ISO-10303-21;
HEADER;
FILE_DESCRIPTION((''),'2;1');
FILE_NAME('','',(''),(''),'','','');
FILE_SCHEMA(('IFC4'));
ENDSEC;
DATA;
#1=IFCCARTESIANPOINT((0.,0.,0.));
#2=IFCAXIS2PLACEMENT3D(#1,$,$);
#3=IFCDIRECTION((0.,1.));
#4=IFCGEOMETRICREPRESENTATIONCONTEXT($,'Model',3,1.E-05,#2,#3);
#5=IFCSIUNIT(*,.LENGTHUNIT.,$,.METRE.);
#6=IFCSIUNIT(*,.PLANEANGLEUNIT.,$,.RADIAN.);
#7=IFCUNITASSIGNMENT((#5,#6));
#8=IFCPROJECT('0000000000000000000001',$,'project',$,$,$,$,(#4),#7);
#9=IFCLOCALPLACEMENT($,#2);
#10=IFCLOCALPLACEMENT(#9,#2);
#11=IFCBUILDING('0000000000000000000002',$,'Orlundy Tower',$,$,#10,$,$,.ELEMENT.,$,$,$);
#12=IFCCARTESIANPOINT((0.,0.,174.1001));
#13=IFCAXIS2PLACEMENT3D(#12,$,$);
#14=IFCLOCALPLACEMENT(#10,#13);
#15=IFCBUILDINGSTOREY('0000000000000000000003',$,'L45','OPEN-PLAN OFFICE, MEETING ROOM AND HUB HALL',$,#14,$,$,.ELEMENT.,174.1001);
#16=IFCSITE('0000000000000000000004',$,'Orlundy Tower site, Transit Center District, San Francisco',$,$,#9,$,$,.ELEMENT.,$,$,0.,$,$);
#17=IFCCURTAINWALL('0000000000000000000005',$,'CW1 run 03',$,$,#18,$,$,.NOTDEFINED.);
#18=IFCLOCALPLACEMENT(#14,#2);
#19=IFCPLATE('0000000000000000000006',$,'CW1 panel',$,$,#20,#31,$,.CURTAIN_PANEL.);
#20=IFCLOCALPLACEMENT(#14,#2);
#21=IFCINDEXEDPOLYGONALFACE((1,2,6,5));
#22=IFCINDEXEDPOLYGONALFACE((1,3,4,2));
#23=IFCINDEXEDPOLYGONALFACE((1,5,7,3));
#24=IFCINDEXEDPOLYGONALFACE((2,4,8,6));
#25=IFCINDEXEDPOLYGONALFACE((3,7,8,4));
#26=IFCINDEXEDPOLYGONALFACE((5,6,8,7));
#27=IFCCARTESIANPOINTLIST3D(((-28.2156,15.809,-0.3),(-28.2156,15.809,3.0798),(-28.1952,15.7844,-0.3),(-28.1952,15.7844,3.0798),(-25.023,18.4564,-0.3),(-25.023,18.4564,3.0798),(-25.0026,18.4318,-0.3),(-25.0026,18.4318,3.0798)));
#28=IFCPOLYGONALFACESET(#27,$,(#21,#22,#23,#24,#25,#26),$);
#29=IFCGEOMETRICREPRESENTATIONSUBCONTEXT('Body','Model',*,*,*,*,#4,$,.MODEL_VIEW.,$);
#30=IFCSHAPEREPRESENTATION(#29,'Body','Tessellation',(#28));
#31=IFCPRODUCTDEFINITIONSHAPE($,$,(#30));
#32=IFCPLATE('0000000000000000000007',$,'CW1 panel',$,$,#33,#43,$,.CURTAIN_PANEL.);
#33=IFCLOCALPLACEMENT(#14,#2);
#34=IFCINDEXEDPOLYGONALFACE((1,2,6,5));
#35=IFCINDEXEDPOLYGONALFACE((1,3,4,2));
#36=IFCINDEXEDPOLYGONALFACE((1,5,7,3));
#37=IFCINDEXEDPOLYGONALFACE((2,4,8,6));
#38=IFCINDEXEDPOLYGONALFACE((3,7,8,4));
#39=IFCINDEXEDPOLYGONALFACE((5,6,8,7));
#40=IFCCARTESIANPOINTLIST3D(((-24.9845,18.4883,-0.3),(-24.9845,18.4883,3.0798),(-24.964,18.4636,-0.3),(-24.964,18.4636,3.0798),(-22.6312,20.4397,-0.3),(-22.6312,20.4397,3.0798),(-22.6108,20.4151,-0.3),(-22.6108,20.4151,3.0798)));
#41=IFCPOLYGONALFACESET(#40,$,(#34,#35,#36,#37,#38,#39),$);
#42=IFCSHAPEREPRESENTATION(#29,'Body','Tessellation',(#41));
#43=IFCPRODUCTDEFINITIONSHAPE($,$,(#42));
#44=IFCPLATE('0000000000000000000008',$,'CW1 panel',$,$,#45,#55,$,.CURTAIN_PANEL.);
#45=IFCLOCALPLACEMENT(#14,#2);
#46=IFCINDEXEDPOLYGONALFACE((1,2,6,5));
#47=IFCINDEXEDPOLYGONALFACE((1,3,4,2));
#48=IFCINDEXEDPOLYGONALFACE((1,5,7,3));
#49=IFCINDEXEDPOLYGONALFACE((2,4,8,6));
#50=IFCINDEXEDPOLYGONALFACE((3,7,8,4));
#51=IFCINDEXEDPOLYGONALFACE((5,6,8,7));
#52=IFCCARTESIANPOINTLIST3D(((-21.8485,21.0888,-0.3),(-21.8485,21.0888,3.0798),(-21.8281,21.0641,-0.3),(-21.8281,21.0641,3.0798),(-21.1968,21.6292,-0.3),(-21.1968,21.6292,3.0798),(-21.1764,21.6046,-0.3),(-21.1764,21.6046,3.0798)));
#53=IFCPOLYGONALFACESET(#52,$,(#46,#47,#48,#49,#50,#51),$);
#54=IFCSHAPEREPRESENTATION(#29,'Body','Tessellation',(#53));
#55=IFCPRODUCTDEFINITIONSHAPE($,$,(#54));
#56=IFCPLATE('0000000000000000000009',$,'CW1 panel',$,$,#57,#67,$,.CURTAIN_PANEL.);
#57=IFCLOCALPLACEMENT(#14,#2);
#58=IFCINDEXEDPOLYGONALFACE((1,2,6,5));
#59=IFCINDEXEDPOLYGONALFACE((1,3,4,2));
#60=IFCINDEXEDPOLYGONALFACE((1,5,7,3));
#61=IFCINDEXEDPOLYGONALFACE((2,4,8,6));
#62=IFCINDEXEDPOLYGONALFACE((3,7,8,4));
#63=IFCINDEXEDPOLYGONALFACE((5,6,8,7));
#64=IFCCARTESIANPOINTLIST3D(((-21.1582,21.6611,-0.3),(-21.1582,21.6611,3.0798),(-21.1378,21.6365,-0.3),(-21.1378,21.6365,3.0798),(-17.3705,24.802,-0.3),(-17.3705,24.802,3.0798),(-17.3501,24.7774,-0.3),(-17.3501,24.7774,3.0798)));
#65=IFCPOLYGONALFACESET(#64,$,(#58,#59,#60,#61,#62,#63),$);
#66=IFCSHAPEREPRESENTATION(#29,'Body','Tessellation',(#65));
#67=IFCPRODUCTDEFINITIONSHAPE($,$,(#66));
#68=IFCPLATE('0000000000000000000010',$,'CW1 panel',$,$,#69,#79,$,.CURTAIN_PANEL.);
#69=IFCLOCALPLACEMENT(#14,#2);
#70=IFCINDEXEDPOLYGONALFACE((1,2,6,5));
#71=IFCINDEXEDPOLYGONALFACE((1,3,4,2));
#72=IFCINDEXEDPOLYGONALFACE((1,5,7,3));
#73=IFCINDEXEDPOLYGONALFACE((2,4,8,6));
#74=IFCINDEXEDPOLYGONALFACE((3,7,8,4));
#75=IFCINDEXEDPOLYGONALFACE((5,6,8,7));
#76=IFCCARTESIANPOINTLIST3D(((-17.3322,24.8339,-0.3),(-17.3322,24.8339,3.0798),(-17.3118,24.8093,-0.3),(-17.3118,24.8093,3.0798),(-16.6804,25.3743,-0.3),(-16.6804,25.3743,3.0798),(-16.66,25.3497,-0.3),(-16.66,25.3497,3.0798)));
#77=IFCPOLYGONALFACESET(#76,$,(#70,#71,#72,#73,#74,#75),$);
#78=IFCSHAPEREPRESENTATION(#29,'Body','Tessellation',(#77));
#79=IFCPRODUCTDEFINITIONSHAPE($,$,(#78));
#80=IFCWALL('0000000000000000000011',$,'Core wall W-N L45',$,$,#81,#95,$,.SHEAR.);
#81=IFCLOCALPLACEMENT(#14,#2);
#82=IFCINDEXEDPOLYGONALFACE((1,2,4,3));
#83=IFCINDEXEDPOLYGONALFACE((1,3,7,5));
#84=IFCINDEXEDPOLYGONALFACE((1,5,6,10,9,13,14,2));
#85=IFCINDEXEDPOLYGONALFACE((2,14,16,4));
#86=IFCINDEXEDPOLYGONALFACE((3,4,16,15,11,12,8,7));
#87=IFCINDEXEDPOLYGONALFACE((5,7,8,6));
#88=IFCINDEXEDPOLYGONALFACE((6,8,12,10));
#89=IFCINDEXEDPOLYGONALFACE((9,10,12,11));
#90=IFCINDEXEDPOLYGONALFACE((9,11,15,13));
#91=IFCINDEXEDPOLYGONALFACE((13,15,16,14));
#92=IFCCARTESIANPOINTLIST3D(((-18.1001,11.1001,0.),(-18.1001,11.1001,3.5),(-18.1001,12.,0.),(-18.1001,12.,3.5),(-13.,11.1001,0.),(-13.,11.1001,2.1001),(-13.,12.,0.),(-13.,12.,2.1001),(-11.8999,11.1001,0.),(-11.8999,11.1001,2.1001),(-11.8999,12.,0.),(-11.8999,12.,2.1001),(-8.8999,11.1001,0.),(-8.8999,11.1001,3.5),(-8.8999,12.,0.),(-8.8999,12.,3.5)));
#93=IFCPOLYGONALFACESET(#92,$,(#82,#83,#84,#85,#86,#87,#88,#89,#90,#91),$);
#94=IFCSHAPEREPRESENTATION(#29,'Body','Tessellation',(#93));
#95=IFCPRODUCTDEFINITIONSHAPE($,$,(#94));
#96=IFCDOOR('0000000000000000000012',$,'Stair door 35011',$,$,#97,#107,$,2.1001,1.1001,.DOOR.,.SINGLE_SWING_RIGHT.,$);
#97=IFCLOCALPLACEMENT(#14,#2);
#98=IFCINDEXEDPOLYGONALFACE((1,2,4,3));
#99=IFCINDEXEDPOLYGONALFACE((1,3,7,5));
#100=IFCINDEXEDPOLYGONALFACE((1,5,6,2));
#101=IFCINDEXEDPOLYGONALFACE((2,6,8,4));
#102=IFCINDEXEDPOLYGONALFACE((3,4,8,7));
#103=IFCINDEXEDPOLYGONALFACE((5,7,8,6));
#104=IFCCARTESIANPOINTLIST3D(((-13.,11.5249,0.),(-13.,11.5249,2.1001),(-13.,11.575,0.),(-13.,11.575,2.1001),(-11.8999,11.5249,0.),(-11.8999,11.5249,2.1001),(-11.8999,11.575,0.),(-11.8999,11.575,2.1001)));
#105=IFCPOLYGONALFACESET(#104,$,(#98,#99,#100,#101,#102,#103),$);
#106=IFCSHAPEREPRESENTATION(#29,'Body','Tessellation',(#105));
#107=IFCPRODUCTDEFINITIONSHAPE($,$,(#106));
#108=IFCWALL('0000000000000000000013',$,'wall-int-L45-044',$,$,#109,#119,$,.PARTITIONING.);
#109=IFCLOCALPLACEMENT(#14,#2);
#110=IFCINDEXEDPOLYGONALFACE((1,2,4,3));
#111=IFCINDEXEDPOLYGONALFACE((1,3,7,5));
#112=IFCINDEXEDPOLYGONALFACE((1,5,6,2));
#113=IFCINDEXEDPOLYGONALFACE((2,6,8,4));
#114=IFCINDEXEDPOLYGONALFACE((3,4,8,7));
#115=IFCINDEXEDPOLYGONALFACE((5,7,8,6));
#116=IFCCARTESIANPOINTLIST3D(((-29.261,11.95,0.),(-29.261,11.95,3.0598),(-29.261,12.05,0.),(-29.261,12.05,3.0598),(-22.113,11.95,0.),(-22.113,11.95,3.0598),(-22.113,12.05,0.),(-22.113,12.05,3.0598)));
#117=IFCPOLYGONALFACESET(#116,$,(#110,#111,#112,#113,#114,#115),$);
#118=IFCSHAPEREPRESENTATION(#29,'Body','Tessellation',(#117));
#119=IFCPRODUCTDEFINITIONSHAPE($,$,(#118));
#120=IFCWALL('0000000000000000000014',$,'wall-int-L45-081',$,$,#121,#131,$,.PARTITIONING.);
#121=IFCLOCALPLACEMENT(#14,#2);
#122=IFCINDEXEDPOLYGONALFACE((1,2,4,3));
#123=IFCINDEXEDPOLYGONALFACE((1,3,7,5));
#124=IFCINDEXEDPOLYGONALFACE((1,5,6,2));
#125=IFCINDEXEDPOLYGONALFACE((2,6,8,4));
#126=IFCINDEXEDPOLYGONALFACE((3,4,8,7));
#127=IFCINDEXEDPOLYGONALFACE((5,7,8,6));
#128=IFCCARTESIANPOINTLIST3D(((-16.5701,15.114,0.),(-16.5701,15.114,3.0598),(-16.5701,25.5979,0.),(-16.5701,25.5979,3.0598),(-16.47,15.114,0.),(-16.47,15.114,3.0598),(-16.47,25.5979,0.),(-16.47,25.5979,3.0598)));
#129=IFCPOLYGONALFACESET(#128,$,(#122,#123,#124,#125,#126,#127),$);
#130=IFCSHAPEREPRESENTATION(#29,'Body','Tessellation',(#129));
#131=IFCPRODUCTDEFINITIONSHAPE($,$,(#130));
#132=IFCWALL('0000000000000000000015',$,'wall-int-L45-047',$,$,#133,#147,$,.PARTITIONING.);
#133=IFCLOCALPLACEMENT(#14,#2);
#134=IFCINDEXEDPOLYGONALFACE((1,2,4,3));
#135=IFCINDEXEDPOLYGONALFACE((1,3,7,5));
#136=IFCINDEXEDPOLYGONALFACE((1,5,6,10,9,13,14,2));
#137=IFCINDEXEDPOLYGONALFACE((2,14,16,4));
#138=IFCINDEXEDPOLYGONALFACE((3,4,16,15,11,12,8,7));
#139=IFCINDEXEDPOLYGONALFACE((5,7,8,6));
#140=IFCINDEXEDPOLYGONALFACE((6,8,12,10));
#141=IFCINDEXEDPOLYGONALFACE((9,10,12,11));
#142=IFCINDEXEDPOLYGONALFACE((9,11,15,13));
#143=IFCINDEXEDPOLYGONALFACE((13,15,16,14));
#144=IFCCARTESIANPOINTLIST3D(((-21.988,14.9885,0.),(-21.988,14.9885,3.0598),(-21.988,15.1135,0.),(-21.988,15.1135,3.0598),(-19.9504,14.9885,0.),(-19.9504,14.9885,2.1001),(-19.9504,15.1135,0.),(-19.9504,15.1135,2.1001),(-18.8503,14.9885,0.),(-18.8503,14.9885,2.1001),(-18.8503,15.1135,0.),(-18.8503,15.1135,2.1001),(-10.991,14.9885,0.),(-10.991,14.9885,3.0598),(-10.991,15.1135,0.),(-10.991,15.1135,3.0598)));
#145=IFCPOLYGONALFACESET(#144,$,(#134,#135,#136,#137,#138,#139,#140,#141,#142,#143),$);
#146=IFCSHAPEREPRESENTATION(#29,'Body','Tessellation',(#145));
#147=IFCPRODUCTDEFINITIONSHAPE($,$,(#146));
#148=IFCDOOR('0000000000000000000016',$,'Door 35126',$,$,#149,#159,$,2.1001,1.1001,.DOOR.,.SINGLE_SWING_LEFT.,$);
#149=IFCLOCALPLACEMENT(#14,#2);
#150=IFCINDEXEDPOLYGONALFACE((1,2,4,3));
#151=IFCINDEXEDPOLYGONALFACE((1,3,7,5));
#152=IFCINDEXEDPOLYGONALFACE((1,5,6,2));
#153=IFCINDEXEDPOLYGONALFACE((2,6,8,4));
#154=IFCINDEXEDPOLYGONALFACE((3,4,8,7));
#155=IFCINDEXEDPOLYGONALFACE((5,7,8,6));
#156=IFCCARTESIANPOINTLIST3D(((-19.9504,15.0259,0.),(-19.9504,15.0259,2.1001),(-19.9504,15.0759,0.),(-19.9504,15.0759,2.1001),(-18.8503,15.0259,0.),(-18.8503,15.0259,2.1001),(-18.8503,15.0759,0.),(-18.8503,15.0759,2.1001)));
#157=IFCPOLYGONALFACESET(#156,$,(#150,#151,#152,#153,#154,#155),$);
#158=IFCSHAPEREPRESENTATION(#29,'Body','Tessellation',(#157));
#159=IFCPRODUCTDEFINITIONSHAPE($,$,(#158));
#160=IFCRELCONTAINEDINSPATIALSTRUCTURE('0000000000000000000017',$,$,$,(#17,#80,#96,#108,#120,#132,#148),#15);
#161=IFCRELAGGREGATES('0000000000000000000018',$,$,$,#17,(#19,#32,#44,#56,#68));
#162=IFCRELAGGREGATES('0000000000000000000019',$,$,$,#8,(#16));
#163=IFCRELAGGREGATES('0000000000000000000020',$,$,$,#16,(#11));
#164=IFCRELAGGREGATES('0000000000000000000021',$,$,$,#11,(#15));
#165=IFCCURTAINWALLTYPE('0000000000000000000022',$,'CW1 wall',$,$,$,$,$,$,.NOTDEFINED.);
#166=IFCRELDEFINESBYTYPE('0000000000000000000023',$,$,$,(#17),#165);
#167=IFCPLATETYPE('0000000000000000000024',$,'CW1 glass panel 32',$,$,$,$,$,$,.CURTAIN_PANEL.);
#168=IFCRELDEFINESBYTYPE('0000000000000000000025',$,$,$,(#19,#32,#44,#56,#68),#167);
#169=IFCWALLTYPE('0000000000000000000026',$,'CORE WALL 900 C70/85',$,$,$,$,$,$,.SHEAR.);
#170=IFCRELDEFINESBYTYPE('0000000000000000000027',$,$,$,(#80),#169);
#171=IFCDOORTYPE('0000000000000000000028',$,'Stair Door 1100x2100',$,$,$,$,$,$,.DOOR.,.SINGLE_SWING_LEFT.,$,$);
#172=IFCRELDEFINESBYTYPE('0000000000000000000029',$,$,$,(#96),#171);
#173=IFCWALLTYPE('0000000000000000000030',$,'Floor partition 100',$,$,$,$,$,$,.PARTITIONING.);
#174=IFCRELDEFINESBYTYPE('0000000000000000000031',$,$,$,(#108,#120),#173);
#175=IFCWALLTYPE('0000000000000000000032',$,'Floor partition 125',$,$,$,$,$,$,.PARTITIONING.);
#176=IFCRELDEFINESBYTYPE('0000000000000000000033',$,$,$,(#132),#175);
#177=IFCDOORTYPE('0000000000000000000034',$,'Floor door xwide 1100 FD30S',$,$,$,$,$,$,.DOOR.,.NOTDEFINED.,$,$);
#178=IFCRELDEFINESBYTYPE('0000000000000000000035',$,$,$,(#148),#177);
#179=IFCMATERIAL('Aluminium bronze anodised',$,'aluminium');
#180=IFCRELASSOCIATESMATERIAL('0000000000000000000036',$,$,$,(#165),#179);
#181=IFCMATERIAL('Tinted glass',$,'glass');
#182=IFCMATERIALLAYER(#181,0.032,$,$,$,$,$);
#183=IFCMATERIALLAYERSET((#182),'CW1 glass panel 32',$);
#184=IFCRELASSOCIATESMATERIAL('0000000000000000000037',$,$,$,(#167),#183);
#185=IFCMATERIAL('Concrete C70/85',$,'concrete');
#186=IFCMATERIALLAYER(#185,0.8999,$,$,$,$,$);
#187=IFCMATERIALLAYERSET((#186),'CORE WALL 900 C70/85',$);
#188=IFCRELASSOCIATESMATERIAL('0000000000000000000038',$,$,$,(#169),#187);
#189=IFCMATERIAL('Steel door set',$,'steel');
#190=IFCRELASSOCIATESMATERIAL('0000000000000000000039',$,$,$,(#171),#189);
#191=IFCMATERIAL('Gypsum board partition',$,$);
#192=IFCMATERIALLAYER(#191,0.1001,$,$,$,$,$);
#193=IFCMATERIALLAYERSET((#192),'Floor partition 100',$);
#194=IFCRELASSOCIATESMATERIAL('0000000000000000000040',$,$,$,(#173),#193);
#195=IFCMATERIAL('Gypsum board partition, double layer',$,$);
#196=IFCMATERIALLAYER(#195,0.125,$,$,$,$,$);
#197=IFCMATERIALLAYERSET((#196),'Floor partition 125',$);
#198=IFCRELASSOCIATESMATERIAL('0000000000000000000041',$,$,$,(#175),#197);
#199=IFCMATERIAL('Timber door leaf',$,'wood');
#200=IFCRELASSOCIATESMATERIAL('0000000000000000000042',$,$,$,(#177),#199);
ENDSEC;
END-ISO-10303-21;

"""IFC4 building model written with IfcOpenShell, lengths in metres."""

from ifc_helpers import new_model, si_unit, direction, frame, frame_2d, origin, origin_2d, place, context, subcontext, project, spatial, rectangle, extrude, material, layer, layer_set, type_object, element, fill, aggregate, save


model = new_model("IFC4")

# Units and contexts
model_context = context("Model", 3, precision=1e-05, world=origin(), true_north=direction((0.0, 1.0)))
body_context = subcontext(model_context, "Body", "Model", "MODEL_VIEW")
ifc_project = project(units=[si_unit("LENGTHUNIT", "METRE"), si_unit("PLANEANGLEUNIT", "RADIAN")], contexts=[model_context])

# Site, building, storey
site_placement = place(None, origin())
site = spatial("IfcSite", under=ifc_project, at=site_placement, Name="Orlundy Tower site, Transit Center District, San Francisco", CompositionType="ELEMENT", RefElevation=0.0)
building_placement = place(site_placement, origin())
building = spatial("IfcBuilding", under=site, at=building_placement, Name="Orlundy Tower", CompositionType="ELEMENT")
storey_placement = place(building_placement, frame((0.0, 0.0, 174.1001)))
storey = spatial("IfcBuildingStorey", under=building, at=storey_placement, Name="L45", Description="OPEN-PLAN OFFICE, MEETING ROOM AND HUB HALL", CompositionType="ELEMENT", Elevation=174.1001)

# Curtain wall
ifc_material_1 = material(Name="Aluminium bronze anodised", Category="aluminium")
curtain_wall_type = type_object("IfcCurtainWallType", Name="CW1 wall", PredefinedType="NOTDEFINED", material=ifc_material_1)
curtain_wall_1_placement = place(storey_placement, origin())
curtain_wall_1 = element("IfcCurtainWall", 1, at=curtain_wall_1_placement, inside=storey, type_object=curtain_wall_type, Name="CW1 run 03", PredefinedType="NOTDEFINED")

# Plates
ifc_material_2 = material(Name="Tinted glass", Category="glass")
ifc_layer_1 = layer(ifc_material_2, 0.032)
ifc_layer_set_1 = layer_set([ifc_layer_1], Name="CW1 glass panel 32")
plate_type = type_object("IfcPlateType", Name="CW1 glass panel 32", PredefinedType="CURTAIN_PANEL", material=ifc_layer_set_1)
plate_1_placement = place(storey_placement, frame((-26.6091, 17.1204, -0.3), z_axis=(0.0, 0.0, 1.0), x_axis=(0.769772, 0.638318, 0.0)))
plate_1 = element("IfcPlate", 2, at=plate_1_placement, type_object=plate_type, Name="CW1 panel", PredefinedType="CURTAIN_PANEL", context=body_context, shape_type="SweptSolid", body=[
    extrude(rectangle(XDim=4.1475, YDim=0.032, at=origin_2d()), origin(), (0.0, 0.0, 1.0), 3.3799),
])
plate_2_placement = place(storey_placement, frame((-23.7976, 19.4517, -0.3), z_axis=(0.0, 0.0, 1.0), x_axis=(0.769772, 0.638318, 0.0)))
plate_2 = element("IfcPlate", 3, at=plate_2_placement, type_object=plate_type, Name="CW1 panel", PredefinedType="CURTAIN_PANEL", context=body_context, shape_type="SweptSolid", body=[
    extrude(rectangle(XDim=3.0571, YDim=0.032, at=origin_2d()), origin(), (0.0, 0.0, 1.0), 3.3799),
])
plate_3_placement = place(storey_placement, frame((-21.5125, 21.3467, -0.3), z_axis=(0.0, 0.0, 1.0), x_axis=(0.769772, 0.638318, 0.0)))
plate_3 = element("IfcPlate", 4, at=plate_3_placement, type_object=plate_type, Name="CW1 panel", PredefinedType="CURTAIN_PANEL", context=body_context, shape_type="SweptSolid", body=[
    extrude(rectangle(XDim=0.8467, YDim=0.032, at=origin_2d()), origin(), (0.0, 0.0, 1.0), 3.3799),
])
plate_4_placement = place(storey_placement, frame((-19.2542, 23.2192, -0.3), z_axis=(0.0, 0.0, 1.0), x_axis=(0.769772, 0.638318, 0.0)))
plate_4 = element("IfcPlate", 5, at=plate_4_placement, type_object=plate_type, Name="CW1 panel", PredefinedType="CURTAIN_PANEL", context=body_context, shape_type="SweptSolid", body=[
    extrude(rectangle(XDim=4.9207, YDim=0.032, at=origin_2d()), origin(), (0.0, 0.0, 1.0), 3.3799),
])
plate_5_placement = place(storey_placement, frame((-16.9961, 25.0918, -0.3), z_axis=(0.0, 0.0, 1.0), x_axis=(0.769772, 0.638318, 0.0)))
plate_5 = element("IfcPlate", 6, at=plate_5_placement, type_object=plate_type, Name="CW1 panel", PredefinedType="CURTAIN_PANEL", context=body_context, shape_type="SweptSolid", body=[
    extrude(rectangle(XDim=0.8467, YDim=0.032, at=origin_2d()), origin(), (0.0, 0.0, 1.0), 3.3799),
])
aggregate(curtain_wall_1, [plate_1, plate_2, plate_3, plate_4, plate_5])

# Wall, opening, door
ifc_material_3 = material(Name="Concrete C70/85", Category="concrete")
ifc_layer_2 = layer(ifc_material_3, 0.8999)
ifc_layer_set_2 = layer_set([ifc_layer_2], Name="CORE WALL 900 C70/85")
wall_type_1 = type_object("IfcWallType", Name="CORE WALL 900 C70/85", PredefinedType="SHEAR", material=ifc_layer_set_2)
wall_1_placement = place(storey_placement, frame((-18.1001, 11.55, 0.0), z_axis=(0.0, 0.0, 1.0), x_axis=(1.0, 0.0, 0.0)))
wall_1 = element("IfcWall", 7, at=wall_1_placement, inside=storey, type_object=wall_type_1, Name="Core wall W-N L45", PredefinedType="SHEAR", context=body_context, shape_type="SweptSolid", body=[
    extrude(rectangle(XDim=9.2002, YDim=0.8999, at=frame_2d((4.6001, 0.0))), origin(), (0.0, 0.0, 1.0), 3.5),
])
opening_1_placement = place(wall_1_placement, frame((5.1001, 0.0, 0.0)))
opening_1 = element("IfcOpeningElement", 8, at=opening_1_placement, cuts=wall_1, PredefinedType="OPENING", context=body_context, shape_type="SweptSolid", body=[
    extrude(rectangle(XDim=1.1001, YDim=2.1001, at=frame_2d((0.55, 1.05))), frame((0.0, 0.46, 0.0), z_axis=(0.0, -1.0, 0.0), x_axis=(1.0, 0.0, 0.0)), (0.0, 0.0, 1.0), 0.9199),
])
ifc_material_4 = material(Name="Steel door set", Category="steel")
door_type_1 = type_object("IfcDoorType", Name="Stair Door 1100x2100", OperationType="SINGLE_SWING_LEFT", PredefinedType="DOOR", material=ifc_material_4)
door_1_placement = place(opening_1_placement, origin())
door_1 = element("IfcDoor", 9, at=door_1_placement, inside=storey, type_object=door_type_1, Name="Stair door 35011", OperationType="SINGLE_SWING_RIGHT", OverallHeight=2.1001, OverallWidth=1.1001, PredefinedType="DOOR", context=body_context, shape_type="SweptSolid", body=[
    extrude(rectangle(XDim=1.1001, YDim=2.1001, at=frame_2d((0.55, 1.05))), frame((0.0, 0.0249, 0.0), z_axis=(0.0, -1.0, 0.0), x_axis=(1.0, 0.0, 0.0)), (0.0, 0.0, 1.0), 0.05),
])
fill(opening_1, door_1)

# Walls
ifc_material_5 = material(Name="Gypsum board partition")
ifc_layer_3 = layer(ifc_material_5, 0.1001)
ifc_layer_set_3 = layer_set([ifc_layer_3], Name="Floor partition 100")
wall_type_2 = type_object("IfcWallType", Name="Floor partition 100", PredefinedType="PARTITIONING", material=ifc_layer_set_3)
wall_2_placement = place(storey_placement, frame((-29.261, 12.0, 0.0), z_axis=(0.0, 0.0, 1.0), x_axis=(1.0, 0.0, 0.0)))
element("IfcWall", 10, at=wall_2_placement, inside=storey, type_object=wall_type_2, Name="wall-int-L45-044", PredefinedType="PARTITIONING", context=body_context, shape_type="SweptSolid", body=[
    extrude(rectangle(XDim=7.1479, YDim=0.1001, at=frame_2d((3.574, 0.0))), origin(), (0.0, 0.0, 1.0), 3.0598),
])
wall_3_placement = place(storey_placement, frame((-16.52, 15.114, 0.0), z_axis=(0.0, 0.0, 1.0), x_axis=(0.0, 1.0, 0.0)))
element("IfcWall", 11, at=wall_3_placement, inside=storey, type_object=wall_type_2, Name="wall-int-L45-081", PredefinedType="PARTITIONING", context=body_context, shape_type="SweptSolid", body=[
    extrude(rectangle(XDim=10.4839, YDim=0.1001, at=frame_2d((5.2419, 0.0))), origin(), (0.0, 0.0, 1.0), 3.0598),
])

# Wall, opening, door
ifc_material_6 = material(Name="Gypsum board partition, double layer")
ifc_layer_4 = layer(ifc_material_6, 0.125)
ifc_layer_set_4 = layer_set([ifc_layer_4], Name="Floor partition 125")
wall_type_3 = type_object("IfcWallType", Name="Floor partition 125", PredefinedType="PARTITIONING", material=ifc_layer_set_4)
wall_4_placement = place(storey_placement, frame((-21.988, 15.051, 0.0), z_axis=(0.0, 0.0, 1.0), x_axis=(1.0, 0.0, 0.0)))
wall_4 = element("IfcWall", 12, at=wall_4_placement, inside=storey, type_object=wall_type_3, Name="wall-int-L45-047", PredefinedType="PARTITIONING", context=body_context, shape_type="SweptSolid", body=[
    extrude(rectangle(XDim=10.9971, YDim=0.125, at=frame_2d((5.4985, 0.0))), origin(), (0.0, 0.0, 1.0), 3.0598),
])
opening_2_placement = place(wall_4_placement, frame((2.0376, 0.0, 0.0)))
opening_2 = element("IfcOpeningElement", 13, at=opening_2_placement, cuts=wall_4, PredefinedType="OPENING", context=body_context, shape_type="SweptSolid", body=[
    extrude(rectangle(XDim=1.1001, YDim=2.1001, at=frame_2d((0.55, 1.05))), frame((0.0, 0.0725, 0.0), z_axis=(0.0, -1.0, 0.0), x_axis=(1.0, 0.0, 0.0)), (0.0, 0.0, 1.0), 0.145),
])
ifc_material_7 = material(Name="Timber door leaf", Category="wood")
door_type_2 = type_object("IfcDoorType", Name="Floor door xwide 1100 FD30S", OperationType="NOTDEFINED", PredefinedType="DOOR", material=ifc_material_7)
door_2_placement = place(opening_2_placement, origin())
door_2 = element("IfcDoor", 14, at=door_2_placement, inside=storey, type_object=door_type_2, Name="Door 35126", OperationType="SINGLE_SWING_LEFT", OverallHeight=2.1001, OverallWidth=1.1001, PredefinedType="DOOR", context=body_context, shape_type="SweptSolid", body=[
    extrude(rectangle(XDim=1.1001, YDim=2.1001, at=frame_2d((0.55, 1.05))), frame((0.0, 0.0249, 0.0), z_axis=(0.0, -1.0, 0.0), x_axis=(1.0, 0.0, 0.0)), (0.0, 0.0, 1.0), 0.05),
])
fill(opening_2, door_2)

save(model, "model.ifc")
